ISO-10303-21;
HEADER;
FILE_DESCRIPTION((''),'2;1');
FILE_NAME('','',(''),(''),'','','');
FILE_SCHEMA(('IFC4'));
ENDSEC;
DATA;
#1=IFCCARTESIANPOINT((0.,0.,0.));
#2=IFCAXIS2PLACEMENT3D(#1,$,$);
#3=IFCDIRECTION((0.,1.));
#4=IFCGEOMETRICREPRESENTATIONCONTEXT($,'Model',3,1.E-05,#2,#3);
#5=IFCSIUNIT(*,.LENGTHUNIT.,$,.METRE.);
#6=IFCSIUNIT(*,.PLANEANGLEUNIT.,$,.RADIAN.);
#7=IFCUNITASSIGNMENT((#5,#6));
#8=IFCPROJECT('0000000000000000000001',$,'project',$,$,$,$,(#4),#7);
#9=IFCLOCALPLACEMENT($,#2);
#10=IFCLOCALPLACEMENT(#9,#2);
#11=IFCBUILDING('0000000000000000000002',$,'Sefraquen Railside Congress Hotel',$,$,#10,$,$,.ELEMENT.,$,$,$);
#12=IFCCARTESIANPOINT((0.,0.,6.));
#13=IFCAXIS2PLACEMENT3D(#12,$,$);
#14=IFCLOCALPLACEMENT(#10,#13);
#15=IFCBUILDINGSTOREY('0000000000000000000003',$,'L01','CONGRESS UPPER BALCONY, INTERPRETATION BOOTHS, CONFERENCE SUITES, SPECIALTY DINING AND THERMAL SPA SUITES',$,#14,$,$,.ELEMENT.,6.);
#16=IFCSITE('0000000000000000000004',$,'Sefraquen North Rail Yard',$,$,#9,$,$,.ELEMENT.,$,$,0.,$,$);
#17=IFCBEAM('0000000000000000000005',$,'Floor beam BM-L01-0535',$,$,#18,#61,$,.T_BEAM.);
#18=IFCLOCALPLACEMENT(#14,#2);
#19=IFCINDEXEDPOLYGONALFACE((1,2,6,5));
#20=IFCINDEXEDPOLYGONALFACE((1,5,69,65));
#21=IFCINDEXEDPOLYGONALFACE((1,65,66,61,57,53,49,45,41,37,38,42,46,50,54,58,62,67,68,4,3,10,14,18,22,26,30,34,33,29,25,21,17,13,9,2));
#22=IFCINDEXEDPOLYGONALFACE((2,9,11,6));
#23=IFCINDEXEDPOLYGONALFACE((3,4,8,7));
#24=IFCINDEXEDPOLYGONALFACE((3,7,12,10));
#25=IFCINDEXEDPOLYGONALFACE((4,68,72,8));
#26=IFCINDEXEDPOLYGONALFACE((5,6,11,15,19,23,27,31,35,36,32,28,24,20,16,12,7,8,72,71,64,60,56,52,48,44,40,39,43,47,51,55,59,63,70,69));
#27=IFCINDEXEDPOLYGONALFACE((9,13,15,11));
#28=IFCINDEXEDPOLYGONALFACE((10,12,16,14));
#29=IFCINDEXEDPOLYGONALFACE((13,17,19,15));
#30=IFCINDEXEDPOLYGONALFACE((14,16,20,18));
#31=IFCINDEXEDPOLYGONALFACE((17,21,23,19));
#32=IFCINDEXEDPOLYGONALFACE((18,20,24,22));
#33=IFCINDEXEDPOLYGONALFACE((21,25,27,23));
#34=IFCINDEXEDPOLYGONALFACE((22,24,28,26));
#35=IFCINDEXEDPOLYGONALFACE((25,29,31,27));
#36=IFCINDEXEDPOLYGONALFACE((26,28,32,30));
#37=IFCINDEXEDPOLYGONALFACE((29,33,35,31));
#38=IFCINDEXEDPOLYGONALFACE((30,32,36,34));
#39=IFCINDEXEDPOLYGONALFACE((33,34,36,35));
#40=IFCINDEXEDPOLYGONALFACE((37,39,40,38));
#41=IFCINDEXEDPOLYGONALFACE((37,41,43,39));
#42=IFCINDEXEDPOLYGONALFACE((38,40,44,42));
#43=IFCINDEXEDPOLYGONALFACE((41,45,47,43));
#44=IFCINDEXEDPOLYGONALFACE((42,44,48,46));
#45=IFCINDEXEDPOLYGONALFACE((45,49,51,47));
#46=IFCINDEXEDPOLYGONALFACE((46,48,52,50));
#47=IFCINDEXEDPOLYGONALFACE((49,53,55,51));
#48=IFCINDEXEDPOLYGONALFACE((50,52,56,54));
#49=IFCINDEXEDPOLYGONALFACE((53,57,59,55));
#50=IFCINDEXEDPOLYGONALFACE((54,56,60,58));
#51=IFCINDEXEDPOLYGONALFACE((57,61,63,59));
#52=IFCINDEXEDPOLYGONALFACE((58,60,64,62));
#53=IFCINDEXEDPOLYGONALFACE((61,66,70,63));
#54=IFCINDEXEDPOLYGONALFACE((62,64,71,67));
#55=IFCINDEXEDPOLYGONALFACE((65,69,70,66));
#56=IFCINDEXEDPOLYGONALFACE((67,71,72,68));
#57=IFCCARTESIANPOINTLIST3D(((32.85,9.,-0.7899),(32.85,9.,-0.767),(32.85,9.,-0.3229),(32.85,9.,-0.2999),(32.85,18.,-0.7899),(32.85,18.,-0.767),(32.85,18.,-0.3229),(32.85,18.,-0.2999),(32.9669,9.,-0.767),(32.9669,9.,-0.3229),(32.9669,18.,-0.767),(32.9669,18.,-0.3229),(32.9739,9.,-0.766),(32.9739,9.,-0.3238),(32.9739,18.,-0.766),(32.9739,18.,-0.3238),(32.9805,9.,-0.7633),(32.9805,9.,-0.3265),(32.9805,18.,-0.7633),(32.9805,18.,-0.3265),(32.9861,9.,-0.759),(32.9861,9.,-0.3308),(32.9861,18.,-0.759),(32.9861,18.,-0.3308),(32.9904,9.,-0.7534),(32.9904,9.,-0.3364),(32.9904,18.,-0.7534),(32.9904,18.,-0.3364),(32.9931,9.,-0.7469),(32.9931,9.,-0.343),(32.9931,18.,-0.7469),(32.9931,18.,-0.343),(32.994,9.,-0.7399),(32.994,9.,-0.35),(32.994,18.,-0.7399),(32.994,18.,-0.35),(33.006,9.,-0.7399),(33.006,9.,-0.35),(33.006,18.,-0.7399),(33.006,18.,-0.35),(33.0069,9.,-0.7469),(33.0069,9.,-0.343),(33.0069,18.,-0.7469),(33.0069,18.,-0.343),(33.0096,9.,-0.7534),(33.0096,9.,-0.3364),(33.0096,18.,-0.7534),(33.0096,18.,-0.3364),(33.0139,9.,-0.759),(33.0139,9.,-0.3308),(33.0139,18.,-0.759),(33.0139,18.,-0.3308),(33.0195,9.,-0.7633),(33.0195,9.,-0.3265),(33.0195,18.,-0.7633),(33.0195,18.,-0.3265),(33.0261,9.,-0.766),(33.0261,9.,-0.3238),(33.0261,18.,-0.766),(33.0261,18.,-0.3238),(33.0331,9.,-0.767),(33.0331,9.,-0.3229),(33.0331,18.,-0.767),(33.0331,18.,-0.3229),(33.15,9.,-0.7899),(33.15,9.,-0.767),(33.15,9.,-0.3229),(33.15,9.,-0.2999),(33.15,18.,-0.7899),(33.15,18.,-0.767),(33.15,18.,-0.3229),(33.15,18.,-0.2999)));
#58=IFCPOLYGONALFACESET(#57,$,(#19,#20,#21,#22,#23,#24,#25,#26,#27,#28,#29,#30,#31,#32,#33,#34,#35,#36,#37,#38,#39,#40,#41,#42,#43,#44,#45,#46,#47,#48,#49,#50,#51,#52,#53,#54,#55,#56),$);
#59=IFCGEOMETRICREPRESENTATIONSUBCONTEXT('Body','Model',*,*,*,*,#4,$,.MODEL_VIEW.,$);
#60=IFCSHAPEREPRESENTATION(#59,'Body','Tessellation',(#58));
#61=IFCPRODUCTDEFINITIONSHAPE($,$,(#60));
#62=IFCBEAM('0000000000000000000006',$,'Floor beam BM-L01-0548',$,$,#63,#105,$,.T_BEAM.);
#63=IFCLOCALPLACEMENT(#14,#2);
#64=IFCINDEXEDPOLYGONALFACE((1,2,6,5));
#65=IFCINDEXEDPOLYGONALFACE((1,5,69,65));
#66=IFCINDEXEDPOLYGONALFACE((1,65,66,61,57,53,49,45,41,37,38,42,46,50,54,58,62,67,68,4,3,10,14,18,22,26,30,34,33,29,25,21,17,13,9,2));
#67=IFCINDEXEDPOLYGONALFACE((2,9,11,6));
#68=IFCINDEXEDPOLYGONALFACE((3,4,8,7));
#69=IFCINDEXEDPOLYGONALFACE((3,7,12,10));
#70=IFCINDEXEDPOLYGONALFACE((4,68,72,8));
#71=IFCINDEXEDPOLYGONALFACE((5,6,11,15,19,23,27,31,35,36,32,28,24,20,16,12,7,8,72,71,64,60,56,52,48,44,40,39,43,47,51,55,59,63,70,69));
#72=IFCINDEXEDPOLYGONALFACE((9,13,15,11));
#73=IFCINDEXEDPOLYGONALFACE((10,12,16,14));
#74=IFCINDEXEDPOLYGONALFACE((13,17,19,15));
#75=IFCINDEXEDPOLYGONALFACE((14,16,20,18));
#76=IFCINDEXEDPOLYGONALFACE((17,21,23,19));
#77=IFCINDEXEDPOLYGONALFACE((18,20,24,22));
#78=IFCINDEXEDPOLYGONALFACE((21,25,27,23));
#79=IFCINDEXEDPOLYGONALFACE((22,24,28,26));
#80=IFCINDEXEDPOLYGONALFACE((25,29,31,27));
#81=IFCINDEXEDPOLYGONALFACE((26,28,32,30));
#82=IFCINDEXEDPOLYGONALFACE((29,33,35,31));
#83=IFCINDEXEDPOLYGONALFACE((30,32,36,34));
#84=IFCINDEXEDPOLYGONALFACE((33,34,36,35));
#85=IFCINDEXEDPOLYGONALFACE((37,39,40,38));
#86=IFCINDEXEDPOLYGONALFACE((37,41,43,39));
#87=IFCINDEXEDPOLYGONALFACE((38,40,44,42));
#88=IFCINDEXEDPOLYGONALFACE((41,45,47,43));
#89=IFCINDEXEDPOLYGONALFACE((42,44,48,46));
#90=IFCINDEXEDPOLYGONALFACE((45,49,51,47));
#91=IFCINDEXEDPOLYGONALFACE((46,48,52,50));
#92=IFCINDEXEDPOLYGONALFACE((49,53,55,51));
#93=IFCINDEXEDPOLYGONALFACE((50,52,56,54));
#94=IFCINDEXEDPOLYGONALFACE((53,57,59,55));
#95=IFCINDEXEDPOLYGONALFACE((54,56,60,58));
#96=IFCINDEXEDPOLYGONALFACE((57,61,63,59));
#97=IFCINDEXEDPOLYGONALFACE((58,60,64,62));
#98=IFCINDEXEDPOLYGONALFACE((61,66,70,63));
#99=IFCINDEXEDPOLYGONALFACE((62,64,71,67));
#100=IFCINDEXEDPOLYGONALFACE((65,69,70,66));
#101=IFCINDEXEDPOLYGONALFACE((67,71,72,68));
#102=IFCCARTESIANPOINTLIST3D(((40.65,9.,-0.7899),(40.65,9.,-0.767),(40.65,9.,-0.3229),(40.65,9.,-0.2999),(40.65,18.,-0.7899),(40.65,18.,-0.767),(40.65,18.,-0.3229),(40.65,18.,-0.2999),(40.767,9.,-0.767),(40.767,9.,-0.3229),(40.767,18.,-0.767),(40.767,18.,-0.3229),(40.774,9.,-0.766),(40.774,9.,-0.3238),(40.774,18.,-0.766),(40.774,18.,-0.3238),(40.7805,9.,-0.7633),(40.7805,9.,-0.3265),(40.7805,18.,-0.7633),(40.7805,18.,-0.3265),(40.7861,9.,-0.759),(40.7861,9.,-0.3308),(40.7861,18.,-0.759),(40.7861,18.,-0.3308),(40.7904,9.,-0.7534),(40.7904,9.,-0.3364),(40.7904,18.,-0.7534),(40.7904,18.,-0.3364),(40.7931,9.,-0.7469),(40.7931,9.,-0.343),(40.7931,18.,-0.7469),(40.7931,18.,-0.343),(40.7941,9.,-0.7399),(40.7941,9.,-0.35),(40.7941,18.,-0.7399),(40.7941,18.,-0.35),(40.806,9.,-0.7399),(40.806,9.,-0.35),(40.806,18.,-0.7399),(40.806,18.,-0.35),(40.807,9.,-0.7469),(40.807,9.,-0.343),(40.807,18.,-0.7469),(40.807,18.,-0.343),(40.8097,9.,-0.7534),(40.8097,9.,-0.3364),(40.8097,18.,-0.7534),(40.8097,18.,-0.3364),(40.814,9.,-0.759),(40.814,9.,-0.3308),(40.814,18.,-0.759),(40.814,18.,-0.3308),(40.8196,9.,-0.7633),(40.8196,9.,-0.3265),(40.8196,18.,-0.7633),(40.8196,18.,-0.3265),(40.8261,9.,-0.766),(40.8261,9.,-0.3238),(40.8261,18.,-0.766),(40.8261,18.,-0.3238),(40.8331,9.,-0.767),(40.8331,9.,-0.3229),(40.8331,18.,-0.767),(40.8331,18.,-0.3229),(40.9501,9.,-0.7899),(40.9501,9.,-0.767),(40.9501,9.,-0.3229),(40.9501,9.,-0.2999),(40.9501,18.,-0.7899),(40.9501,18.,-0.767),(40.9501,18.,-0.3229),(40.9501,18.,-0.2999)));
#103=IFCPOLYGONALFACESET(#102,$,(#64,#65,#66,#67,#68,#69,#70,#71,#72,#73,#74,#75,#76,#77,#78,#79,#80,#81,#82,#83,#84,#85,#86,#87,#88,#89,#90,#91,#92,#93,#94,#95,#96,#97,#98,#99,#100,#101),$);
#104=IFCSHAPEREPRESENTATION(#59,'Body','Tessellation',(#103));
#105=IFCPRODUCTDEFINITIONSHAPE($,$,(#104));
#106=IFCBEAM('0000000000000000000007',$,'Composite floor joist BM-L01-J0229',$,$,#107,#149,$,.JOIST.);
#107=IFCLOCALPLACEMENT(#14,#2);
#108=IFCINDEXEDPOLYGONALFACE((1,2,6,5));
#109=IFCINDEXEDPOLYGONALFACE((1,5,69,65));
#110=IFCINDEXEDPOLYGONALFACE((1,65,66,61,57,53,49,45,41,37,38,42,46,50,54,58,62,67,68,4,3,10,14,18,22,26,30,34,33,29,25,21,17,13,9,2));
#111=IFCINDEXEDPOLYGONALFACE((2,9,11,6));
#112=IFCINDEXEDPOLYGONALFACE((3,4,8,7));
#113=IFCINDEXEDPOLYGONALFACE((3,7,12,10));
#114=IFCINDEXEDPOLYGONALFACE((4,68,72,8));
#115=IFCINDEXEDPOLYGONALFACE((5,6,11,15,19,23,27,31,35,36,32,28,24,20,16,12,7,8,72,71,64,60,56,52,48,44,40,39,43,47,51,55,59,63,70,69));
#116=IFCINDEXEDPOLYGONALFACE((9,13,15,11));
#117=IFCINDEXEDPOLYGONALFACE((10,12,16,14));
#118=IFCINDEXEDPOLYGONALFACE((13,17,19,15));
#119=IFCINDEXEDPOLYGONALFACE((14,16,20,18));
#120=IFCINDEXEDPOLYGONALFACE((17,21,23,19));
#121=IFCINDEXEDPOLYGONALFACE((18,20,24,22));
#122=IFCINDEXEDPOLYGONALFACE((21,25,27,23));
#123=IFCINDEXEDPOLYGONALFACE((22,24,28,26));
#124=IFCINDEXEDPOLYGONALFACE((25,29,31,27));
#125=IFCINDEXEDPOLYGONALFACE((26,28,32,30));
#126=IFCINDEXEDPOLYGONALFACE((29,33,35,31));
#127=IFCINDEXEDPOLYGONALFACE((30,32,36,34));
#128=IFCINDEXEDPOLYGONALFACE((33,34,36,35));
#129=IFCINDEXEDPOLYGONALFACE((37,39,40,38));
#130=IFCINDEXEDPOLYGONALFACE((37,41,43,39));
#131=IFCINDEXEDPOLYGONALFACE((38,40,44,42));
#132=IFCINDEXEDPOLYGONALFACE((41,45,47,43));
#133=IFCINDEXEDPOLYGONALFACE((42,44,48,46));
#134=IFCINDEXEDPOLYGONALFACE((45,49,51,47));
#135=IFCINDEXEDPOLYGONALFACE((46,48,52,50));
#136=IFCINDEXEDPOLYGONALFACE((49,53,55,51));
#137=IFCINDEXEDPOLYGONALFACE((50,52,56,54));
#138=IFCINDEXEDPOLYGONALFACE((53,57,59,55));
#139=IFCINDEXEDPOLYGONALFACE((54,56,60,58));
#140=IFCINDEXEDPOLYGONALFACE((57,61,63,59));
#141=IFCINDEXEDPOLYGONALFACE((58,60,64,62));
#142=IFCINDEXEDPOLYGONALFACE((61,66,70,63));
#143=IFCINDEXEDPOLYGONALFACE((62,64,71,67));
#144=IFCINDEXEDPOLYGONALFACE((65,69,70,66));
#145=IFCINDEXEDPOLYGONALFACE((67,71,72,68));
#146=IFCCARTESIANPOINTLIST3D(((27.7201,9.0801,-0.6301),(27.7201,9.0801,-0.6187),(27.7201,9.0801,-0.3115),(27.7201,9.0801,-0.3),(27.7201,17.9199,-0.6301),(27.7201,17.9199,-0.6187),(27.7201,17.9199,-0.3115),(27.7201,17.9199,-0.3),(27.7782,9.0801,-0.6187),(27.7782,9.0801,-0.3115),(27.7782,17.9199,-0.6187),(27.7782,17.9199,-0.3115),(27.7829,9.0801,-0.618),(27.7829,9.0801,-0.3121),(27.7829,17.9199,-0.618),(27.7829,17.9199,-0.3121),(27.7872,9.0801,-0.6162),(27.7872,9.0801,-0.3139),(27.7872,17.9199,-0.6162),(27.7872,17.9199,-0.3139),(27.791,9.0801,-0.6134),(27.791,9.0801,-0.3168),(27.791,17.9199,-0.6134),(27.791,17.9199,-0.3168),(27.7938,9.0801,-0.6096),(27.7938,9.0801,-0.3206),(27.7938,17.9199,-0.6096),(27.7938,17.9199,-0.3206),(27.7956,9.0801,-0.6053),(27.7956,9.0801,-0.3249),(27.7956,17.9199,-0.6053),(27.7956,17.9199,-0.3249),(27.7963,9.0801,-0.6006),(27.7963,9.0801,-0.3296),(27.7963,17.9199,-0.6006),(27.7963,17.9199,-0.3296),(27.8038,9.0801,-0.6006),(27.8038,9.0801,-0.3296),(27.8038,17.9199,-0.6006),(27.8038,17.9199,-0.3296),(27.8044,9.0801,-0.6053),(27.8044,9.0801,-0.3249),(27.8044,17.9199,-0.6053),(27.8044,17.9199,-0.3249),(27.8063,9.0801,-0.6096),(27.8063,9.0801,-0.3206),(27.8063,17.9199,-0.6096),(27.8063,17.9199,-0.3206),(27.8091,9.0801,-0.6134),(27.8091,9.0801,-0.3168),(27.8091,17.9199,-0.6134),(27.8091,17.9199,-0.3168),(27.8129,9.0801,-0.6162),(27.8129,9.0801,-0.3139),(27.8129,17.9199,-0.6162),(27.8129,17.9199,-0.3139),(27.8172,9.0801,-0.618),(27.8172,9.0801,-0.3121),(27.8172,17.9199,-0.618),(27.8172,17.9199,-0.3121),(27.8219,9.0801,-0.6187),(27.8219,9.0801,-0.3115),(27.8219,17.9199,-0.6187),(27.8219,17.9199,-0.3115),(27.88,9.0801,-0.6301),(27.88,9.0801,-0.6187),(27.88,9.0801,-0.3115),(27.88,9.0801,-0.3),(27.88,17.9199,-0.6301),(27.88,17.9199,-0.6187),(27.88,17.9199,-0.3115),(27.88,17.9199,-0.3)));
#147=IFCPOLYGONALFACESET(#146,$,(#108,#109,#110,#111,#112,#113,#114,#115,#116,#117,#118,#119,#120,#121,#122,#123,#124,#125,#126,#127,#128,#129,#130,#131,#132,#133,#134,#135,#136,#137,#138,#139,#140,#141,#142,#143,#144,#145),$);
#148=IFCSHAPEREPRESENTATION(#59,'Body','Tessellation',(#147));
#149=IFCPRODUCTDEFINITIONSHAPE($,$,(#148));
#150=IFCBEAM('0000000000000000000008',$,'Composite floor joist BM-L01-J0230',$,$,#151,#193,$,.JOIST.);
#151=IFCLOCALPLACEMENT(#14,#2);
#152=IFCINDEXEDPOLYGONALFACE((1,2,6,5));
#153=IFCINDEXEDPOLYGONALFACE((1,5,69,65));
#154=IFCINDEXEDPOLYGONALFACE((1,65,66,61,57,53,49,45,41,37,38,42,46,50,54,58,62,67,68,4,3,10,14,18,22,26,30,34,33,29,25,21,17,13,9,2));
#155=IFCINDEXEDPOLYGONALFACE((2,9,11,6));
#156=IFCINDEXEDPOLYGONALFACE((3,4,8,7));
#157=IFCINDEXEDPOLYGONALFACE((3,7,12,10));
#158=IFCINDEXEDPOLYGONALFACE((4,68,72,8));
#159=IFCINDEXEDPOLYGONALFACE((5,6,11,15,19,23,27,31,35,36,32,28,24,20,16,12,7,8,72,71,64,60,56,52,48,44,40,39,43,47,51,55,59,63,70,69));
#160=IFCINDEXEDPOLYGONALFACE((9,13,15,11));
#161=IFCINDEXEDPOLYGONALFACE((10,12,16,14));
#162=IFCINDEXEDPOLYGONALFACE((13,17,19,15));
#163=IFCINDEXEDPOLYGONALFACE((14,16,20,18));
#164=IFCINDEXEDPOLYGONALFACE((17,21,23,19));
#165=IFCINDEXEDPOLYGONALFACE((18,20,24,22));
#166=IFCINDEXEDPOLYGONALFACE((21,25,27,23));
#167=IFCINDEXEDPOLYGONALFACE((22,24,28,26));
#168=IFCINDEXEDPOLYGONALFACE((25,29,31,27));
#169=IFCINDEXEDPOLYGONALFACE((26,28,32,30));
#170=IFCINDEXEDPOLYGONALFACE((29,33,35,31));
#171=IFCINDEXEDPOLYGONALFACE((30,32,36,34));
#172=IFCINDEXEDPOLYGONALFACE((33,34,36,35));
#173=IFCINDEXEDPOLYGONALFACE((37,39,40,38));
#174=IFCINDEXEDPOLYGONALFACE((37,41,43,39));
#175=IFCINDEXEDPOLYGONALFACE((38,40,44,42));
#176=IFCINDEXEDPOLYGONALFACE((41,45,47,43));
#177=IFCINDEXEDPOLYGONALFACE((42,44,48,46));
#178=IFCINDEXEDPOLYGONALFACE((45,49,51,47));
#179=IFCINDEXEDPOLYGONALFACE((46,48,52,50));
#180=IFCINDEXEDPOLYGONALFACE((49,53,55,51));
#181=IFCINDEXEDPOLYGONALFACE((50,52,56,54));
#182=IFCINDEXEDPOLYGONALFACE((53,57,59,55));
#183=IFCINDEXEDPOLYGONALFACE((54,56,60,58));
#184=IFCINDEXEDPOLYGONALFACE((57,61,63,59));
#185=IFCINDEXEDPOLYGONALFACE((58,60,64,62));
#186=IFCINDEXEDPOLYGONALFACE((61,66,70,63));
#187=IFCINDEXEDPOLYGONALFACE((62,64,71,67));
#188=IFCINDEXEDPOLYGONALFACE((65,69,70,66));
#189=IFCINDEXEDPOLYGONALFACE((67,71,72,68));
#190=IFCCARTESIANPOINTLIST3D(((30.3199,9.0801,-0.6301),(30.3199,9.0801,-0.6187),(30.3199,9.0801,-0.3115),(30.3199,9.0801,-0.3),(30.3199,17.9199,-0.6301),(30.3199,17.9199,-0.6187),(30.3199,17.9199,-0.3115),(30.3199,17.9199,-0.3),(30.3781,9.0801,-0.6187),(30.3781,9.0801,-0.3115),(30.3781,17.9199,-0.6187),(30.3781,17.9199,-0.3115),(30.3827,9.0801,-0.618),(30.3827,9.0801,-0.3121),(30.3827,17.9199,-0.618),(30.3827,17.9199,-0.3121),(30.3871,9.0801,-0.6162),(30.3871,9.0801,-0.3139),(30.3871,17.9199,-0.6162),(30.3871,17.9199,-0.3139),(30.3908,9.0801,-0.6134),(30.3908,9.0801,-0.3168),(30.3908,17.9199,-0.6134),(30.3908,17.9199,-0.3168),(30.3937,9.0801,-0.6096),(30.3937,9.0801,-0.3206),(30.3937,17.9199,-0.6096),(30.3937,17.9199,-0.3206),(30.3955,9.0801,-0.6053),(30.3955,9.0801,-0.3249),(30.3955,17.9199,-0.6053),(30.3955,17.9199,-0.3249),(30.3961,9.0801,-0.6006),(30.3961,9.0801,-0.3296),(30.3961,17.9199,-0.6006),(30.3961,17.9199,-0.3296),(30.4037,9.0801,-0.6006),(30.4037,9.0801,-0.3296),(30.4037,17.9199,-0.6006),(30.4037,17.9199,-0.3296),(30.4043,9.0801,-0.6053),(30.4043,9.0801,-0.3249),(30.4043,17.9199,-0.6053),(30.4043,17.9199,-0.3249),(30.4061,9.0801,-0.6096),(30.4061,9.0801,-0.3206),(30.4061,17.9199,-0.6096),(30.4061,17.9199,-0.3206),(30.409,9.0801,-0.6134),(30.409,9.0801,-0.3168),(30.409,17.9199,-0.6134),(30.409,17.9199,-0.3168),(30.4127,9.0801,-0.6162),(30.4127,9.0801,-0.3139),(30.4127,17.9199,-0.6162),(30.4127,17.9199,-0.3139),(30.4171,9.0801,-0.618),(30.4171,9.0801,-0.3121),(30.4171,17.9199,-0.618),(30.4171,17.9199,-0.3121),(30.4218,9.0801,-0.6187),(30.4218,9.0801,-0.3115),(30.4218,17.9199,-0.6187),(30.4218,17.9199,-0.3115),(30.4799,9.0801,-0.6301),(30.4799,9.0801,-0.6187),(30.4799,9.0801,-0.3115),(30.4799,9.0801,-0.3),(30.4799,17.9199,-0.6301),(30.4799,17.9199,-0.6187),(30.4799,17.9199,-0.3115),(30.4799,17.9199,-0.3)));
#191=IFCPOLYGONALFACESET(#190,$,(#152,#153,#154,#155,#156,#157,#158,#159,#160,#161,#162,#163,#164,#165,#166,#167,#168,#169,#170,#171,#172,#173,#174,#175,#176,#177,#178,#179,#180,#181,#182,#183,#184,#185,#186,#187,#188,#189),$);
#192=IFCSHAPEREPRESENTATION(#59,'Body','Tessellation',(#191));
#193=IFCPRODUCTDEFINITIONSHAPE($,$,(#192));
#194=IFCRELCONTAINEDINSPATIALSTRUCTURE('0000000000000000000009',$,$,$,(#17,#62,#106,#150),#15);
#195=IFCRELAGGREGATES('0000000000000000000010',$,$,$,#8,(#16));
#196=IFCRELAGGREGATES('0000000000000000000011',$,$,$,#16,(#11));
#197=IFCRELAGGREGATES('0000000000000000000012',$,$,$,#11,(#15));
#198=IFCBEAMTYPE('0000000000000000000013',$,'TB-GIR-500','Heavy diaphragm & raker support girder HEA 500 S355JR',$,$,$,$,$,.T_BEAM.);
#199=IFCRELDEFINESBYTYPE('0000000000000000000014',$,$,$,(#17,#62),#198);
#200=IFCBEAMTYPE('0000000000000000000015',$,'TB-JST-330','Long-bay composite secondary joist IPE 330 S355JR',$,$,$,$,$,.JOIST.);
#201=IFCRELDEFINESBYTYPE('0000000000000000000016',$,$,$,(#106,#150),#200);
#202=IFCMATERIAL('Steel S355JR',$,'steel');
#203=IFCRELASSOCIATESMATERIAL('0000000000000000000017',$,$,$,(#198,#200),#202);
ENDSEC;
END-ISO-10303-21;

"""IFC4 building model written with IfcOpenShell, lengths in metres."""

from ifc_helpers import new_model, si_unit, direction, frame, origin, origin_2d, place, context, subcontext, project, spatial, i_section, extrude, material, material_profile, profile_set, type_object, element, save


model = new_model("IFC4")

# Units and contexts
model_context = context("Model", 3, precision=1e-05, world=origin(), true_north=direction((0.0, 1.0)))
body_context = subcontext(model_context, "Body", "Model", "MODEL_VIEW")
ifc_project = project(units=[si_unit("LENGTHUNIT", "METRE"), si_unit("PLANEANGLEUNIT", "RADIAN")], contexts=[model_context])

# Site, building, storey
site_placement = place(None, origin())
site = spatial("IfcSite", under=ifc_project, at=site_placement, Name="Sefraquen North Rail Yard", CompositionType="ELEMENT", RefElevation=0.0)
building_placement = place(site_placement, origin())
building = spatial("IfcBuilding", under=site, at=building_placement, Name="Sefraquen Railside Congress Hotel", CompositionType="ELEMENT")
storey_placement = place(building_placement, frame((0.0, 0.0, 6.0)))
storey = spatial("IfcBuildingStorey", under=building, at=storey_placement, Name="L01", Description="CONGRESS UPPER BALCONY, INTERPRETATION BOOTHS, CONFERENCE SUITES, SPECIALTY DINING AND THERMAL SPA SUITES", CompositionType="ELEMENT", Elevation=6.0)

# Shared definitions
ifc_material_1 = material(Name="Steel S355JR", Category="steel")

# Beams
ifc_material_profile_1 = material_profile(ifc_material_1, i_section(OverallWidth=0.3, OverallDepth=0.49, WebThickness=0.012, FlangeThickness=0.0229, FilletRadius=0.0271, at=origin_2d()), Name="HEA 500")
ifc_profile_set_1 = profile_set([ifc_material_profile_1], Name="Steel S355JR")
beam_type_1 = type_object("IfcBeamType", Name="TB-GIR-500", Description="Heavy diaphragm & raker support girder HEA 500 S355JR", PredefinedType="T_BEAM", material=ifc_profile_set_1)
for number, where, z_axis, x_axis, name in (
    (1, (33.0, 9.0, -0.5449), (0.0, 1.0, 0.0), (-1.0, 0.0, 0.0), "Floor beam BM-L01-0535"),
    (2, (40.8, 9.0, -0.5449), (0.0, 1.0, 0.0), (-1.0, 0.0, 0.0), "Floor beam BM-L01-0548"),
):
    element("IfcBeam", number, at=place(storey_placement, frame(where, z_axis=z_axis, x_axis=x_axis)), inside=storey, type_object=beam_type_1, Name=name, PredefinedType="T_BEAM", context=body_context, shape_type="SweptSolid", body=[
        extrude(i_section(OverallWidth=0.3, OverallDepth=0.49, WebThickness=0.012, FlangeThickness=0.0229, FilletRadius=0.0271, at=origin_2d()), origin(), (0.0, 0.0, 1.0), 9.0),
    ])
ifc_material_profile_2 = material_profile(ifc_material_1, i_section(OverallWidth=0.1599, OverallDepth=0.3301, WebThickness=0.0076, FlangeThickness=0.0115, FilletRadius=0.0181, at=origin_2d()), Name="IPE 330")
ifc_profile_set_2 = profile_set([ifc_material_profile_2], Name="Steel S355JR")
beam_type_2 = type_object("IfcBeamType", Name="TB-JST-330", Description="Long-bay composite secondary joist IPE 330 S355JR", PredefinedType="JOIST", material=ifc_profile_set_2)
for number, where, z_axis, x_axis, name in (
    (3, (27.8, 9.0801, -0.4651), (0.0, 1.0, 0.0), (-1.0, 0.0, 0.0), "Composite floor joist BM-L01-J0229"),
    (4, (30.3999, 9.0801, -0.4651), (0.0, 1.0, 0.0), (-1.0, 0.0, 0.0), "Composite floor joist BM-L01-J0230"),
):
    element("IfcBeam", number, at=place(storey_placement, frame(where, z_axis=z_axis, x_axis=x_axis)), inside=storey, type_object=beam_type_2, Name=name, PredefinedType="JOIST", context=body_context, shape_type="SweptSolid", body=[
        extrude(i_section(OverallWidth=0.1599, OverallDepth=0.3301, WebThickness=0.0076, FlangeThickness=0.0115, FilletRadius=0.0181, at=origin_2d()), origin(), (0.0, 0.0, 1.0), 8.8398),
    ])

save(model, "model.ifc")
